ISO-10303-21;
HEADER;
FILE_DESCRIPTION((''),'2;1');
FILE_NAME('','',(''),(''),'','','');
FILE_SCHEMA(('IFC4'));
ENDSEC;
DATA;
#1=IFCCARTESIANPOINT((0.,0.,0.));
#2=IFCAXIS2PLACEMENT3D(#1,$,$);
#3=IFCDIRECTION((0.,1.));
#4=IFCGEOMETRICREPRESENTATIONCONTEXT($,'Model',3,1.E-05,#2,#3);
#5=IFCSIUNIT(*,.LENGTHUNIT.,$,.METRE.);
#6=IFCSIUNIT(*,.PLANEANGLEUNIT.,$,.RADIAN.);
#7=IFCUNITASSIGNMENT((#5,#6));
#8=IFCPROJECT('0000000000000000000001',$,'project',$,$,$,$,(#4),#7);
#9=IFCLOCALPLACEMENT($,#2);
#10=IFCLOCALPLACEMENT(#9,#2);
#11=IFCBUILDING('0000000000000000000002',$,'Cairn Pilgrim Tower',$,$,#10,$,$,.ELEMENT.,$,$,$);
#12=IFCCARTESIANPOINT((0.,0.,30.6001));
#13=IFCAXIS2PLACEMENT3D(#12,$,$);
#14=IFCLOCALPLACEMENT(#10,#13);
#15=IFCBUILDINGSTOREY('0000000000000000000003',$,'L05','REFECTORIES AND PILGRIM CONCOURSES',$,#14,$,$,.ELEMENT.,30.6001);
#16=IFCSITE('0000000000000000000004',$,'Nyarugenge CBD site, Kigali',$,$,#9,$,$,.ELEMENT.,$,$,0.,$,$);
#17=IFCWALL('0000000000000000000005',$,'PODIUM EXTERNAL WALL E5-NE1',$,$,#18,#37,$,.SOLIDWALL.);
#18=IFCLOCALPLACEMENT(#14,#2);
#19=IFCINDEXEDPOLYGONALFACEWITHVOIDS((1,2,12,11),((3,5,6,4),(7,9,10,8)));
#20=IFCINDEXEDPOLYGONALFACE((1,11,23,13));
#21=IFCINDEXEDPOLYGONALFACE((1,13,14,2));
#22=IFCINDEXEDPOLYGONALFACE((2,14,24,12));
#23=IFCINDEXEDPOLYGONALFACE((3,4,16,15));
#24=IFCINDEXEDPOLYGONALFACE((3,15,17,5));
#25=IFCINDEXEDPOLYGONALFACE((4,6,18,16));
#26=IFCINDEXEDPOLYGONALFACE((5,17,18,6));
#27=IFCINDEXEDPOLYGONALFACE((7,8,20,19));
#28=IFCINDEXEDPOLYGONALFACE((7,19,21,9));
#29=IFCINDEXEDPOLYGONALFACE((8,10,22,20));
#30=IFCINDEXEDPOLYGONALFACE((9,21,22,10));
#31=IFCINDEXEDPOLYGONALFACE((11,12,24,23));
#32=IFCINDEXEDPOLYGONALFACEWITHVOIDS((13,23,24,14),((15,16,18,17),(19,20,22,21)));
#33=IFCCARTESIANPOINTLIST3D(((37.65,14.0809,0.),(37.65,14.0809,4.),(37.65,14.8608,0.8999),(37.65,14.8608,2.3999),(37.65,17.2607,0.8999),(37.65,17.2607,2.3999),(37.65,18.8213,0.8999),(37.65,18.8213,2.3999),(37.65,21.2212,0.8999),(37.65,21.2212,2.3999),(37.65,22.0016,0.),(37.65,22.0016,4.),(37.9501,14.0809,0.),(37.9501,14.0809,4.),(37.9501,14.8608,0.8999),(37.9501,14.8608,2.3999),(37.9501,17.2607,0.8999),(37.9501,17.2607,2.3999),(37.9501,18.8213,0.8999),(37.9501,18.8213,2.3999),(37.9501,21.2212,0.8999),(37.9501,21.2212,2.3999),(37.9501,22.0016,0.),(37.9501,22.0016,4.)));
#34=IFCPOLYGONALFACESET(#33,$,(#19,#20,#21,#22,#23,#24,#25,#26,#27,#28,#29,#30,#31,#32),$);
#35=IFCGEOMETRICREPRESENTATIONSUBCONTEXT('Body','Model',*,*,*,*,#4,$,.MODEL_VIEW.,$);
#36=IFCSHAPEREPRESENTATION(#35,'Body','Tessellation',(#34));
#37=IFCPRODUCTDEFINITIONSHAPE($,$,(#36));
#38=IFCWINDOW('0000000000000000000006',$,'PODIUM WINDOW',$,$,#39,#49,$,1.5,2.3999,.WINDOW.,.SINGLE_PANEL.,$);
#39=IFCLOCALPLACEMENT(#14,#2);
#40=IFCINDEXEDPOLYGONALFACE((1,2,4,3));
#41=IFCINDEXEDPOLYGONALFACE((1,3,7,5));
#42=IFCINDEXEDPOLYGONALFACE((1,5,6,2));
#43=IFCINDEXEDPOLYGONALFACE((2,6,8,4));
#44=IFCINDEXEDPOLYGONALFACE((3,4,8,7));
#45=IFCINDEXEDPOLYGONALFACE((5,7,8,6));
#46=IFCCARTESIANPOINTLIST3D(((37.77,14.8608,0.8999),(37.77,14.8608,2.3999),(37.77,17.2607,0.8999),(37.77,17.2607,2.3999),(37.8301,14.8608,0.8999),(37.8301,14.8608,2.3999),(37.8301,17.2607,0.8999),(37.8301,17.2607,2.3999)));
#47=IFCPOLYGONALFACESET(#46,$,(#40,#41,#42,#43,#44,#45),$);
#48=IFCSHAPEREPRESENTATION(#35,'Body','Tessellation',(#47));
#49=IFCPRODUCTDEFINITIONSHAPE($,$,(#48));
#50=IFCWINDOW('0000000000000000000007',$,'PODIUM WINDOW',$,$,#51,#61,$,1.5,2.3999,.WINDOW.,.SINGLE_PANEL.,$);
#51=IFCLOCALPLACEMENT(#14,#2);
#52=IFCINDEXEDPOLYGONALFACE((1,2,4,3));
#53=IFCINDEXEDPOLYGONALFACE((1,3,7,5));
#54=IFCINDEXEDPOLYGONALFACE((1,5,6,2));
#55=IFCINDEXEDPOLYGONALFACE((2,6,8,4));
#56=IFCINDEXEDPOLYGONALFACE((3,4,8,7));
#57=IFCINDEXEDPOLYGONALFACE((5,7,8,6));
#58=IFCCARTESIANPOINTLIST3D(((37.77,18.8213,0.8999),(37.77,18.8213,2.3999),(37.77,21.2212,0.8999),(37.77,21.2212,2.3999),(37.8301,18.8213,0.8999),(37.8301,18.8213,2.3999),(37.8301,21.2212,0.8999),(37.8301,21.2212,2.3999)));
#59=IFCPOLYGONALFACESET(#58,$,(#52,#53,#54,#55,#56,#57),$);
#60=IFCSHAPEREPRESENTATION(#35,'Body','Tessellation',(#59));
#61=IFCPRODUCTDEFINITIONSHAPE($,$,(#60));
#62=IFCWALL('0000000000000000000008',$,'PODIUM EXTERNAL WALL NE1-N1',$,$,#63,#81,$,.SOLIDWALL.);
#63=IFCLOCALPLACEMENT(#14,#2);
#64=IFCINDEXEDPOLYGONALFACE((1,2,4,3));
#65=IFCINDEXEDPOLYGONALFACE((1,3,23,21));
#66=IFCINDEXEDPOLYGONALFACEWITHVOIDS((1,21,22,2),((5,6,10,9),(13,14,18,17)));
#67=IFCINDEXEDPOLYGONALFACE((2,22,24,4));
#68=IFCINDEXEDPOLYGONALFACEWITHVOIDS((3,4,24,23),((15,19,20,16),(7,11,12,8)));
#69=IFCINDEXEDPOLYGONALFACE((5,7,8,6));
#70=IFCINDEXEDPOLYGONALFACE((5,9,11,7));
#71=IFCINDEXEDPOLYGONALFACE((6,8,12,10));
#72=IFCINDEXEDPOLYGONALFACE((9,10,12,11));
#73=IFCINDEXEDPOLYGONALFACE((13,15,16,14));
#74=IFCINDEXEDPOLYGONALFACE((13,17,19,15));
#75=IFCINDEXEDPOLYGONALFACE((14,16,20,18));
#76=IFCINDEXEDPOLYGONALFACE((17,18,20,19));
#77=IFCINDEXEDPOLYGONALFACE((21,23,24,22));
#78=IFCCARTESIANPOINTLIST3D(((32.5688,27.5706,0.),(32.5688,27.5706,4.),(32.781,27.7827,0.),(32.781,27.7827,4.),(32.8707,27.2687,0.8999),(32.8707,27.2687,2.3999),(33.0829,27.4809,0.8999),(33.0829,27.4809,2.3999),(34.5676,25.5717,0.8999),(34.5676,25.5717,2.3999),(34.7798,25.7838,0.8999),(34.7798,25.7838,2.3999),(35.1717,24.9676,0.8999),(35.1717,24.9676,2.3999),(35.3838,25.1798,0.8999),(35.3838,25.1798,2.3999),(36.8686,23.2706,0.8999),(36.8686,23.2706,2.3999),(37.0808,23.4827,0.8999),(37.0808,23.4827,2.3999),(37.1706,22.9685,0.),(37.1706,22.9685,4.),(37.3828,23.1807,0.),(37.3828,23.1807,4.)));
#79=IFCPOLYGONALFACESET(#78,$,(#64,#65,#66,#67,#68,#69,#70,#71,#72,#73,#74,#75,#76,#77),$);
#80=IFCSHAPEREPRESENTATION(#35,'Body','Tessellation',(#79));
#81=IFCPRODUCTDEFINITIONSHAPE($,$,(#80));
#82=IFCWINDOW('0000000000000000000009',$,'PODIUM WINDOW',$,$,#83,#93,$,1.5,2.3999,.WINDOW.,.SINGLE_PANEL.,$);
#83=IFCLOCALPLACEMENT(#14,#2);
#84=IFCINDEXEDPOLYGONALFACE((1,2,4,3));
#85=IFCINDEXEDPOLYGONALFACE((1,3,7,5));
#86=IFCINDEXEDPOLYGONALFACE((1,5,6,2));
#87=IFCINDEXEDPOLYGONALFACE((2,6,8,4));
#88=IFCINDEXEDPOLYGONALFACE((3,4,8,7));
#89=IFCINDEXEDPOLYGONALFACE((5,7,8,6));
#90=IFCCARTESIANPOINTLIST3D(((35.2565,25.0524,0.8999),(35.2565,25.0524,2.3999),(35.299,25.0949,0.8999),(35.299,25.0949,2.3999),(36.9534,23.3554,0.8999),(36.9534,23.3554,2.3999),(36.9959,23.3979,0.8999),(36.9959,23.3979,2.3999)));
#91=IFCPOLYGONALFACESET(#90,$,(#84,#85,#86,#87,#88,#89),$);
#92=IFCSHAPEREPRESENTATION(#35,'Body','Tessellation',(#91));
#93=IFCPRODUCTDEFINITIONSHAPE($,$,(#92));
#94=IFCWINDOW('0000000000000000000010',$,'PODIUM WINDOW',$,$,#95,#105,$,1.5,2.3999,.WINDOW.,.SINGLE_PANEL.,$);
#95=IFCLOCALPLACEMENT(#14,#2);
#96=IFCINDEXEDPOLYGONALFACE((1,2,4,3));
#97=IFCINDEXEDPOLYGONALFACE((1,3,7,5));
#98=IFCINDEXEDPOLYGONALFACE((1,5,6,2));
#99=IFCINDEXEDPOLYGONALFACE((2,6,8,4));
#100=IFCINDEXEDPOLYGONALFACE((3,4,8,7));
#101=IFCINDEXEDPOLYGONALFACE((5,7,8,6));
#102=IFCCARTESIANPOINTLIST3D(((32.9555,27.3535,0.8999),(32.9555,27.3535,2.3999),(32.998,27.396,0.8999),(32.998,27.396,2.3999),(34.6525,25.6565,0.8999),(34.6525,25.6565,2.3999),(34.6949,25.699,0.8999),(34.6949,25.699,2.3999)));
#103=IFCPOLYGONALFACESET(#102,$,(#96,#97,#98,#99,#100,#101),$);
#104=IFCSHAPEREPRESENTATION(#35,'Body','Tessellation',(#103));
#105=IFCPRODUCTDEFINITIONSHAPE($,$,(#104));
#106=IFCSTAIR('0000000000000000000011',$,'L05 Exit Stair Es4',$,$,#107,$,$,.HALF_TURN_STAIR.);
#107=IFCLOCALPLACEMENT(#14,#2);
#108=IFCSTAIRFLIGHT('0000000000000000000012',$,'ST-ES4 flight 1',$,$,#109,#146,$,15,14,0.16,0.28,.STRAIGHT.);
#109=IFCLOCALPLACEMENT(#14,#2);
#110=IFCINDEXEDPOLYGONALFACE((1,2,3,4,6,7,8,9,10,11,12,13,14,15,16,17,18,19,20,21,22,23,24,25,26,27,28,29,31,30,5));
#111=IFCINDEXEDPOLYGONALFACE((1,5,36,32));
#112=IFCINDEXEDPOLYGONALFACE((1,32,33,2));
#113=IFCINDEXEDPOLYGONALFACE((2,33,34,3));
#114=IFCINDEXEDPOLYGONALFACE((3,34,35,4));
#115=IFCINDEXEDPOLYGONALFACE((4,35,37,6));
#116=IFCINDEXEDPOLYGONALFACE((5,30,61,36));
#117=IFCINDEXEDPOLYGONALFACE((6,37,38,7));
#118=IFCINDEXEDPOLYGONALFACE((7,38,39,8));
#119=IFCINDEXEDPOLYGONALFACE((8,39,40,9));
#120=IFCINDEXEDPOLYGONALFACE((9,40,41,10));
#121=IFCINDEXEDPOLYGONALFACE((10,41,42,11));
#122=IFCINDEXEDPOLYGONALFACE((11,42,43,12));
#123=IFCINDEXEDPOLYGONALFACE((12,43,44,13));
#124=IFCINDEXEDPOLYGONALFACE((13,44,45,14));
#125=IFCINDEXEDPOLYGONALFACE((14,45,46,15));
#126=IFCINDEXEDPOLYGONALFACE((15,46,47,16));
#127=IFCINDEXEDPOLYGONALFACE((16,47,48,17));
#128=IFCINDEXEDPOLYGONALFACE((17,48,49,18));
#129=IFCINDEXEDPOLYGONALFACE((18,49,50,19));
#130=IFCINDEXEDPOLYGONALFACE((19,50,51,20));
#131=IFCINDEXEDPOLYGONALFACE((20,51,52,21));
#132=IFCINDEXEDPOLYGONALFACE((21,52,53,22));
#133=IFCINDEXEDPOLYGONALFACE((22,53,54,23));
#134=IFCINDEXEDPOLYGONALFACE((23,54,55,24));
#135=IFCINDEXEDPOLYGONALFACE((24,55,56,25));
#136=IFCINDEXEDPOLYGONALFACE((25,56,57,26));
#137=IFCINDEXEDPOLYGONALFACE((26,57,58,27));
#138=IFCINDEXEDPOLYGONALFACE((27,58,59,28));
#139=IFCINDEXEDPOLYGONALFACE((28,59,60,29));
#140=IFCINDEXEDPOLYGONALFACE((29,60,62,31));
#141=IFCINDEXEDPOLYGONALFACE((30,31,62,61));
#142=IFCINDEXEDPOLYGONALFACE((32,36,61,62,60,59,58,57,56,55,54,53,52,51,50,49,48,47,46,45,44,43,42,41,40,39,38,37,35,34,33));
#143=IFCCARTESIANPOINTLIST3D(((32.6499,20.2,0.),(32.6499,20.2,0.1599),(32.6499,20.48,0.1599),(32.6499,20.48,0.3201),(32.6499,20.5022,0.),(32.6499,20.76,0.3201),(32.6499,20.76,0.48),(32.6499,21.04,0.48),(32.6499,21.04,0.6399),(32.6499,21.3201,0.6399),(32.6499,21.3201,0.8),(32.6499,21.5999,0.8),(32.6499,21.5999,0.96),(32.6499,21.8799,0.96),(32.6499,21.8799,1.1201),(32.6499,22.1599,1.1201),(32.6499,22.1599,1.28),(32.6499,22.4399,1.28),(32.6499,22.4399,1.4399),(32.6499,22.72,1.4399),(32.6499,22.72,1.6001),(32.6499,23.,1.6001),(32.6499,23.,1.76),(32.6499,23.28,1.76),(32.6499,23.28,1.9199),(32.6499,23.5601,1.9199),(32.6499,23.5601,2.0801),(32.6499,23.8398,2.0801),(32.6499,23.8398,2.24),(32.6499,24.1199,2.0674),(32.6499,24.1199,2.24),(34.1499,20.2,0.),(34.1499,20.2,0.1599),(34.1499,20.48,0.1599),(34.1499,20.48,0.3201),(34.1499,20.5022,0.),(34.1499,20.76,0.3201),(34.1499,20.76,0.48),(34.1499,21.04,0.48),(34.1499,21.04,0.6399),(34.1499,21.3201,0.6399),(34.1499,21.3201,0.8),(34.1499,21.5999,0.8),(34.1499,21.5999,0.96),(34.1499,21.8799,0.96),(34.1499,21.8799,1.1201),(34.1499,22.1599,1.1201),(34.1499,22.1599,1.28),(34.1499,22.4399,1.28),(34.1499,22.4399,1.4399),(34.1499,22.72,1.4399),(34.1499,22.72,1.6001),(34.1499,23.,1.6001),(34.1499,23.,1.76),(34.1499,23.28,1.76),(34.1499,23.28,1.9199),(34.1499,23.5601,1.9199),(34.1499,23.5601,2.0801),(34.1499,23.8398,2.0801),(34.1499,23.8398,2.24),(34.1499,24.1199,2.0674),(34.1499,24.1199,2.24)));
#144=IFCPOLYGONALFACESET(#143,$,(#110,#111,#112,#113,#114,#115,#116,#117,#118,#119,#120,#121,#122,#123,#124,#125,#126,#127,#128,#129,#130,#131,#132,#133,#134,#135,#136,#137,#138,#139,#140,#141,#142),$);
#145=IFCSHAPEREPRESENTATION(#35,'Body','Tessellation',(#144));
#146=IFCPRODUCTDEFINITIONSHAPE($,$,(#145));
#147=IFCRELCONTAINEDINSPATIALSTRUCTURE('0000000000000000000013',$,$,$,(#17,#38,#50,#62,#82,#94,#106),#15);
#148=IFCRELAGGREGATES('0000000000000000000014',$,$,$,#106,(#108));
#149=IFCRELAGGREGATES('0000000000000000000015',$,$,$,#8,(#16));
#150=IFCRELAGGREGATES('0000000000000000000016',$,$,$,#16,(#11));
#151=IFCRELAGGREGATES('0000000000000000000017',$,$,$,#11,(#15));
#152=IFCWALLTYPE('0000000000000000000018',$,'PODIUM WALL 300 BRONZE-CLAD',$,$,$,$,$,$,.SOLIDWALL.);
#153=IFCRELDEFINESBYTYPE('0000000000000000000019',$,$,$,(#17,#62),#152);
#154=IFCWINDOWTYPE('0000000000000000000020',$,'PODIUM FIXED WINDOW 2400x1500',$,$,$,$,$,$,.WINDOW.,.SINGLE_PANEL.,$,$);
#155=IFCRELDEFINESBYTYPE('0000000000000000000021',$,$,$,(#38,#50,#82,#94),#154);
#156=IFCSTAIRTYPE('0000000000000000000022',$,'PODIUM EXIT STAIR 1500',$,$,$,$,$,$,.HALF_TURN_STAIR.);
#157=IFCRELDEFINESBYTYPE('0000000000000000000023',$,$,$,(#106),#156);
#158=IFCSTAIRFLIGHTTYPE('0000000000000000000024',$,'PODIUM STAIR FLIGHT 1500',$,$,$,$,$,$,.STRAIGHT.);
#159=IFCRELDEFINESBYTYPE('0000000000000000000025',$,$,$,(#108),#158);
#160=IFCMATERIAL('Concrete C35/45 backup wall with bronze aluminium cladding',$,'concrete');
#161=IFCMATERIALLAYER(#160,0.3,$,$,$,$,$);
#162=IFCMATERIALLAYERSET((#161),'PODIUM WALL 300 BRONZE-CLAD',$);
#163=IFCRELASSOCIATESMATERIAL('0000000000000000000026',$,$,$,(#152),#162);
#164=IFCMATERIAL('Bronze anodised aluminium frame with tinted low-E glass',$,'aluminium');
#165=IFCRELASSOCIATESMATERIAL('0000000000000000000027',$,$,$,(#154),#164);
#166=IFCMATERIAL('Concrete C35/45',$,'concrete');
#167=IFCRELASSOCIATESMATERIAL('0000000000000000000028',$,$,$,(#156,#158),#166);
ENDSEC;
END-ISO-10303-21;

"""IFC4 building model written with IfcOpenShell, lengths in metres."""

from ifc_helpers import new_model, si_unit, direction, frame, frame_2d, origin, place, context, subcontext, project, spatial, polyline, rectangle, outline, extrude, material, layer, layer_set, type_object, element, fill, aggregate, save


model = new_model("IFC4")

# Units and contexts
model_context = context("Model", 3, precision=1e-05, world=origin(), true_north=direction((0.0, 1.0)))
body_context = subcontext(model_context, "Body", "Model", "MODEL_VIEW")
ifc_project = project(units=[si_unit("LENGTHUNIT", "METRE"), si_unit("PLANEANGLEUNIT", "RADIAN")], contexts=[model_context])

# Site, building, storey
site_placement = place(None, origin())
site = spatial("IfcSite", under=ifc_project, at=site_placement, Name="Nyarugenge CBD site, Kigali", CompositionType="ELEMENT", RefElevation=0.0)
building_placement = place(site_placement, origin())
building = spatial("IfcBuilding", under=site, at=building_placement, Name="Cairn Pilgrim Tower", CompositionType="ELEMENT")
storey_placement = place(building_placement, frame((0.0, 0.0, 30.6001)))
storey = spatial("IfcBuildingStorey", under=building, at=storey_placement, Name="L05", Description="REFECTORIES AND PILGRIM CONCOURSES", CompositionType="ELEMENT", Elevation=30.6001)

# Shared definitions
ifc_material_1 = material(Name="Concrete C35/45", Category="concrete")

# Walls, openings, windows
ifc_material_2 = material(Name="Concrete C35/45 backup wall with bronze aluminium cladding", Category="concrete")
ifc_layer_1 = layer(ifc_material_2, 0.3)
ifc_layer_set_1 = layer_set([ifc_layer_1], Name="PODIUM WALL 300 BRONZE-CLAD")
wall_type_1 = type_object("IfcWallType", Name="PODIUM WALL 300 BRONZE-CLAD", PredefinedType="SOLIDWALL", material=ifc_layer_set_1)
wall_1_placement = place(storey_placement, frame((37.8, 14.0808, 0.0), z_axis=(0.0, 0.0, 1.0), x_axis=(0.0, 1.0, 0.0)))
wall_1 = element("IfcWall", 1, at=wall_1_placement, inside=storey, type_object=wall_type_1, Name="PODIUM EXTERNAL WALL E5-NE1", PredefinedType="SOLIDWALL", context=body_context, shape_type="SweptSolid", body=[
    extrude(rectangle(XDim=7.9207, YDim=0.3, at=frame_2d((3.9604, 0.0))), origin(), (0.0, 0.0, 1.0), 4.0),
])
opening_1_placement = place(wall_1_placement, frame((0.78, 0.0, 0.8999)))
opening_1 = element("IfcOpeningElement", 2, at=opening_1_placement, cuts=wall_1, PredefinedType="OPENING", context=body_context, shape_type="SweptSolid", body=[
    extrude(rectangle(XDim=2.3999, YDim=1.5, at=frame_2d((1.2, 0.75))), frame((0.0, 0.1602, 0.0), z_axis=(0.0, -1.0, 0.0), x_axis=(1.0, 0.0, 0.0)), (0.0, 0.0, 1.0), 0.3201),
])
opening_2_placement = place(wall_1_placement, frame((4.7405, 0.0, 0.8999)))
opening_2 = element("IfcOpeningElement", 3, at=opening_2_placement, cuts=wall_1, PredefinedType="OPENING", context=body_context, shape_type="SweptSolid", body=[
    extrude(rectangle(XDim=2.3999, YDim=1.5, at=frame_2d((1.2, 0.75))), frame((0.0, 0.1602, 0.0), z_axis=(0.0, -1.0, 0.0), x_axis=(1.0, 0.0, 0.0)), (0.0, 0.0, 1.0), 0.3201),
])
ifc_material_3 = material(Name="Bronze anodised aluminium frame with tinted low-E glass", Category="aluminium")
window_type = type_object("IfcWindowType", Name="PODIUM FIXED WINDOW 2400x1500", PartitioningType="SINGLE_PANEL", PredefinedType="WINDOW", material=ifc_material_3)
window_1_placement = place(opening_1_placement, origin())
window_1 = element("IfcWindow", 4, at=window_1_placement, inside=storey, type_object=window_type, Name="PODIUM WINDOW", OverallHeight=1.5, OverallWidth=2.3999, PartitioningType="SINGLE_PANEL", PredefinedType="WINDOW", context=body_context, shape_type="SweptSolid", body=[
    extrude(rectangle(XDim=2.3999, YDim=1.5, at=frame_2d((1.2, 0.75))), frame((0.0, 0.03, 0.0), z_axis=(0.0, -1.0, 0.0), x_axis=(1.0, 0.0, 0.0)), (0.0, 0.0, 1.0), 0.0601),
])
fill(opening_1, window_1)
window_2_placement = place(opening_2_placement, origin())
window_2 = element("IfcWindow", 5, at=window_2_placement, inside=storey, type_object=window_type, Name="PODIUM WINDOW", OverallHeight=1.5, OverallWidth=2.3999, PartitioningType="SINGLE_PANEL", PredefinedType="WINDOW", context=body_context, shape_type="SweptSolid", body=[
    extrude(rectangle(XDim=2.3999, YDim=1.5, at=frame_2d((1.2, 0.75))), frame((0.0, 0.03, 0.0), z_axis=(0.0, -1.0, 0.0), x_axis=(1.0, 0.0, 0.0)), (0.0, 0.0, 1.0), 0.0601),
])
fill(opening_2, window_2)
wall_2_placement = place(storey_placement, frame((37.2766, 23.0747, 0.0), z_axis=(0.0, 0.0, 1.0), x_axis=(-0.707088, 0.707126, 0.0)))
wall_2 = element("IfcWall", 6, at=wall_2_placement, inside=storey, type_object=wall_type_1, Name="PODIUM EXTERNAL WALL NE1-N1", PredefinedType="SOLIDWALL", context=body_context, shape_type="SweptSolid", body=[
    extrude(rectangle(XDim=6.5081, YDim=0.3, at=frame_2d((3.2539, 0.0))), origin(), (0.0, 0.0, 1.0), 4.0),
])
opening_3_placement = place(wall_2_placement, frame((0.427, 0.0, 0.8999)))
opening_3 = element("IfcOpeningElement", 7, at=opening_3_placement, cuts=wall_2, PredefinedType="OPENING", context=body_context, shape_type="SweptSolid", body=[
    extrude(rectangle(XDim=2.3999, YDim=1.5, at=frame_2d((1.2, 0.75))), frame((0.0, 0.1602, 0.0), z_axis=(0.0, -1.0, 0.0), x_axis=(1.0, 0.0, 0.0)), (0.0, 0.0, 1.0), 0.3201),
])
opening_4_placement = place(wall_2_placement, frame((3.6812, 0.0, 0.8999)))
opening_4 = element("IfcOpeningElement", 8, at=opening_4_placement, cuts=wall_2, PredefinedType="OPENING", context=body_context, shape_type="SweptSolid", body=[
    extrude(rectangle(XDim=2.3999, YDim=1.5, at=frame_2d((1.2, 0.75))), frame((0.0, 0.1602, 0.0), z_axis=(0.0, -1.0, 0.0), x_axis=(1.0, 0.0, 0.0)), (0.0, 0.0, 1.0), 0.3201),
])
window_3_placement = place(opening_3_placement, origin())
window_3 = element("IfcWindow", 9, at=window_3_placement, inside=storey, type_object=window_type, Name="PODIUM WINDOW", OverallHeight=1.5, OverallWidth=2.3999, PartitioningType="SINGLE_PANEL", PredefinedType="WINDOW", context=body_context, shape_type="SweptSolid", body=[
    extrude(rectangle(XDim=2.3999, YDim=1.5, at=frame_2d((1.2, 0.75))), frame((0.0, 0.03, 0.0), z_axis=(0.0, -1.0, 0.0), x_axis=(1.0, 0.0, 0.0)), (0.0, 0.0, 1.0), 0.0601),
])
fill(opening_3, window_3)
window_4_placement = place(opening_4_placement, origin())
window_4 = element("IfcWindow", 10, at=window_4_placement, inside=storey, type_object=window_type, Name="PODIUM WINDOW", OverallHeight=1.5, OverallWidth=2.3999, PartitioningType="SINGLE_PANEL", PredefinedType="WINDOW", context=body_context, shape_type="SweptSolid", body=[
    extrude(rectangle(XDim=2.3999, YDim=1.5, at=frame_2d((1.2, 0.75))), frame((0.0, 0.03, 0.0), z_axis=(0.0, -1.0, 0.0), x_axis=(1.0, 0.0, 0.0)), (0.0, 0.0, 1.0), 0.0601),
])
fill(opening_4, window_4)

# Stair, stair flight
stair_type = type_object("IfcStairType", Name="PODIUM EXIT STAIR 1500", PredefinedType="HALF_TURN_STAIR", material=ifc_material_1)
stair_placement = place(storey_placement, origin())
stair = element("IfcStair", 11, at=stair_placement, inside=storey, type_object=stair_type, Name="L05 Exit Stair Es4", PredefinedType="HALF_TURN_STAIR")
stair_flight_type = type_object("IfcStairFlightType", Name="PODIUM STAIR FLIGHT 1500", PredefinedType="STRAIGHT", material=ifc_material_1)
stair_flight_placement = place(storey_placement, frame((33.3999, 20.2, 0.0), z_axis=(0.0, 0.0, 1.0), x_axis=(0.0, 1.0, 0.0)))
stair_flight = element("IfcStairFlight", 12, at=stair_flight_placement, type_object=stair_flight_type, Name="ST-ES4 flight 1", NumberOfRisers=15, NumberOfTreads=14, PredefinedType="STRAIGHT", RiserHeight=0.16, TreadLength=0.28, context=body_context, shape_type="SweptSolid", body=[
    extrude(outline(polyline([(0.0, 0.0), (0.0, 0.1599), (0.28, 0.1599), (0.28, 0.3201), (0.5601, 0.3201), (0.5601, 0.48), (0.8401, 0.48), (0.8401, 0.6399), (1.1201, 0.6399), (1.1201, 0.8), (1.3999, 0.8), (1.3999, 0.96), (1.6799, 0.96), (1.6799, 1.1201), (1.96, 1.1201), (1.96, 1.28), (2.24, 1.28), (2.24, 1.4399), (2.52, 1.4399), (2.52, 1.6001), (2.8, 1.6001), (2.8, 1.76), (3.0801, 1.76), (3.0801, 1.9199), (3.3601, 1.9199), (3.3601, 2.0801), (3.6399, 2.0801), (3.6399, 2.24), (3.9199, 2.24), (3.9199, 2.3999), (3.9199, 2.0674), (0.3022, 0.0), (0.0, 0.0)])), frame((0.0, 0.75, 0.0), z_axis=(0.0, -1.0, 0.0), x_axis=(1.0, 0.0, 0.0)), (0.0, 0.0, 1.0), 1.5),
])
aggregate(stair, [stair_flight])

save(model, "model.ifc")
